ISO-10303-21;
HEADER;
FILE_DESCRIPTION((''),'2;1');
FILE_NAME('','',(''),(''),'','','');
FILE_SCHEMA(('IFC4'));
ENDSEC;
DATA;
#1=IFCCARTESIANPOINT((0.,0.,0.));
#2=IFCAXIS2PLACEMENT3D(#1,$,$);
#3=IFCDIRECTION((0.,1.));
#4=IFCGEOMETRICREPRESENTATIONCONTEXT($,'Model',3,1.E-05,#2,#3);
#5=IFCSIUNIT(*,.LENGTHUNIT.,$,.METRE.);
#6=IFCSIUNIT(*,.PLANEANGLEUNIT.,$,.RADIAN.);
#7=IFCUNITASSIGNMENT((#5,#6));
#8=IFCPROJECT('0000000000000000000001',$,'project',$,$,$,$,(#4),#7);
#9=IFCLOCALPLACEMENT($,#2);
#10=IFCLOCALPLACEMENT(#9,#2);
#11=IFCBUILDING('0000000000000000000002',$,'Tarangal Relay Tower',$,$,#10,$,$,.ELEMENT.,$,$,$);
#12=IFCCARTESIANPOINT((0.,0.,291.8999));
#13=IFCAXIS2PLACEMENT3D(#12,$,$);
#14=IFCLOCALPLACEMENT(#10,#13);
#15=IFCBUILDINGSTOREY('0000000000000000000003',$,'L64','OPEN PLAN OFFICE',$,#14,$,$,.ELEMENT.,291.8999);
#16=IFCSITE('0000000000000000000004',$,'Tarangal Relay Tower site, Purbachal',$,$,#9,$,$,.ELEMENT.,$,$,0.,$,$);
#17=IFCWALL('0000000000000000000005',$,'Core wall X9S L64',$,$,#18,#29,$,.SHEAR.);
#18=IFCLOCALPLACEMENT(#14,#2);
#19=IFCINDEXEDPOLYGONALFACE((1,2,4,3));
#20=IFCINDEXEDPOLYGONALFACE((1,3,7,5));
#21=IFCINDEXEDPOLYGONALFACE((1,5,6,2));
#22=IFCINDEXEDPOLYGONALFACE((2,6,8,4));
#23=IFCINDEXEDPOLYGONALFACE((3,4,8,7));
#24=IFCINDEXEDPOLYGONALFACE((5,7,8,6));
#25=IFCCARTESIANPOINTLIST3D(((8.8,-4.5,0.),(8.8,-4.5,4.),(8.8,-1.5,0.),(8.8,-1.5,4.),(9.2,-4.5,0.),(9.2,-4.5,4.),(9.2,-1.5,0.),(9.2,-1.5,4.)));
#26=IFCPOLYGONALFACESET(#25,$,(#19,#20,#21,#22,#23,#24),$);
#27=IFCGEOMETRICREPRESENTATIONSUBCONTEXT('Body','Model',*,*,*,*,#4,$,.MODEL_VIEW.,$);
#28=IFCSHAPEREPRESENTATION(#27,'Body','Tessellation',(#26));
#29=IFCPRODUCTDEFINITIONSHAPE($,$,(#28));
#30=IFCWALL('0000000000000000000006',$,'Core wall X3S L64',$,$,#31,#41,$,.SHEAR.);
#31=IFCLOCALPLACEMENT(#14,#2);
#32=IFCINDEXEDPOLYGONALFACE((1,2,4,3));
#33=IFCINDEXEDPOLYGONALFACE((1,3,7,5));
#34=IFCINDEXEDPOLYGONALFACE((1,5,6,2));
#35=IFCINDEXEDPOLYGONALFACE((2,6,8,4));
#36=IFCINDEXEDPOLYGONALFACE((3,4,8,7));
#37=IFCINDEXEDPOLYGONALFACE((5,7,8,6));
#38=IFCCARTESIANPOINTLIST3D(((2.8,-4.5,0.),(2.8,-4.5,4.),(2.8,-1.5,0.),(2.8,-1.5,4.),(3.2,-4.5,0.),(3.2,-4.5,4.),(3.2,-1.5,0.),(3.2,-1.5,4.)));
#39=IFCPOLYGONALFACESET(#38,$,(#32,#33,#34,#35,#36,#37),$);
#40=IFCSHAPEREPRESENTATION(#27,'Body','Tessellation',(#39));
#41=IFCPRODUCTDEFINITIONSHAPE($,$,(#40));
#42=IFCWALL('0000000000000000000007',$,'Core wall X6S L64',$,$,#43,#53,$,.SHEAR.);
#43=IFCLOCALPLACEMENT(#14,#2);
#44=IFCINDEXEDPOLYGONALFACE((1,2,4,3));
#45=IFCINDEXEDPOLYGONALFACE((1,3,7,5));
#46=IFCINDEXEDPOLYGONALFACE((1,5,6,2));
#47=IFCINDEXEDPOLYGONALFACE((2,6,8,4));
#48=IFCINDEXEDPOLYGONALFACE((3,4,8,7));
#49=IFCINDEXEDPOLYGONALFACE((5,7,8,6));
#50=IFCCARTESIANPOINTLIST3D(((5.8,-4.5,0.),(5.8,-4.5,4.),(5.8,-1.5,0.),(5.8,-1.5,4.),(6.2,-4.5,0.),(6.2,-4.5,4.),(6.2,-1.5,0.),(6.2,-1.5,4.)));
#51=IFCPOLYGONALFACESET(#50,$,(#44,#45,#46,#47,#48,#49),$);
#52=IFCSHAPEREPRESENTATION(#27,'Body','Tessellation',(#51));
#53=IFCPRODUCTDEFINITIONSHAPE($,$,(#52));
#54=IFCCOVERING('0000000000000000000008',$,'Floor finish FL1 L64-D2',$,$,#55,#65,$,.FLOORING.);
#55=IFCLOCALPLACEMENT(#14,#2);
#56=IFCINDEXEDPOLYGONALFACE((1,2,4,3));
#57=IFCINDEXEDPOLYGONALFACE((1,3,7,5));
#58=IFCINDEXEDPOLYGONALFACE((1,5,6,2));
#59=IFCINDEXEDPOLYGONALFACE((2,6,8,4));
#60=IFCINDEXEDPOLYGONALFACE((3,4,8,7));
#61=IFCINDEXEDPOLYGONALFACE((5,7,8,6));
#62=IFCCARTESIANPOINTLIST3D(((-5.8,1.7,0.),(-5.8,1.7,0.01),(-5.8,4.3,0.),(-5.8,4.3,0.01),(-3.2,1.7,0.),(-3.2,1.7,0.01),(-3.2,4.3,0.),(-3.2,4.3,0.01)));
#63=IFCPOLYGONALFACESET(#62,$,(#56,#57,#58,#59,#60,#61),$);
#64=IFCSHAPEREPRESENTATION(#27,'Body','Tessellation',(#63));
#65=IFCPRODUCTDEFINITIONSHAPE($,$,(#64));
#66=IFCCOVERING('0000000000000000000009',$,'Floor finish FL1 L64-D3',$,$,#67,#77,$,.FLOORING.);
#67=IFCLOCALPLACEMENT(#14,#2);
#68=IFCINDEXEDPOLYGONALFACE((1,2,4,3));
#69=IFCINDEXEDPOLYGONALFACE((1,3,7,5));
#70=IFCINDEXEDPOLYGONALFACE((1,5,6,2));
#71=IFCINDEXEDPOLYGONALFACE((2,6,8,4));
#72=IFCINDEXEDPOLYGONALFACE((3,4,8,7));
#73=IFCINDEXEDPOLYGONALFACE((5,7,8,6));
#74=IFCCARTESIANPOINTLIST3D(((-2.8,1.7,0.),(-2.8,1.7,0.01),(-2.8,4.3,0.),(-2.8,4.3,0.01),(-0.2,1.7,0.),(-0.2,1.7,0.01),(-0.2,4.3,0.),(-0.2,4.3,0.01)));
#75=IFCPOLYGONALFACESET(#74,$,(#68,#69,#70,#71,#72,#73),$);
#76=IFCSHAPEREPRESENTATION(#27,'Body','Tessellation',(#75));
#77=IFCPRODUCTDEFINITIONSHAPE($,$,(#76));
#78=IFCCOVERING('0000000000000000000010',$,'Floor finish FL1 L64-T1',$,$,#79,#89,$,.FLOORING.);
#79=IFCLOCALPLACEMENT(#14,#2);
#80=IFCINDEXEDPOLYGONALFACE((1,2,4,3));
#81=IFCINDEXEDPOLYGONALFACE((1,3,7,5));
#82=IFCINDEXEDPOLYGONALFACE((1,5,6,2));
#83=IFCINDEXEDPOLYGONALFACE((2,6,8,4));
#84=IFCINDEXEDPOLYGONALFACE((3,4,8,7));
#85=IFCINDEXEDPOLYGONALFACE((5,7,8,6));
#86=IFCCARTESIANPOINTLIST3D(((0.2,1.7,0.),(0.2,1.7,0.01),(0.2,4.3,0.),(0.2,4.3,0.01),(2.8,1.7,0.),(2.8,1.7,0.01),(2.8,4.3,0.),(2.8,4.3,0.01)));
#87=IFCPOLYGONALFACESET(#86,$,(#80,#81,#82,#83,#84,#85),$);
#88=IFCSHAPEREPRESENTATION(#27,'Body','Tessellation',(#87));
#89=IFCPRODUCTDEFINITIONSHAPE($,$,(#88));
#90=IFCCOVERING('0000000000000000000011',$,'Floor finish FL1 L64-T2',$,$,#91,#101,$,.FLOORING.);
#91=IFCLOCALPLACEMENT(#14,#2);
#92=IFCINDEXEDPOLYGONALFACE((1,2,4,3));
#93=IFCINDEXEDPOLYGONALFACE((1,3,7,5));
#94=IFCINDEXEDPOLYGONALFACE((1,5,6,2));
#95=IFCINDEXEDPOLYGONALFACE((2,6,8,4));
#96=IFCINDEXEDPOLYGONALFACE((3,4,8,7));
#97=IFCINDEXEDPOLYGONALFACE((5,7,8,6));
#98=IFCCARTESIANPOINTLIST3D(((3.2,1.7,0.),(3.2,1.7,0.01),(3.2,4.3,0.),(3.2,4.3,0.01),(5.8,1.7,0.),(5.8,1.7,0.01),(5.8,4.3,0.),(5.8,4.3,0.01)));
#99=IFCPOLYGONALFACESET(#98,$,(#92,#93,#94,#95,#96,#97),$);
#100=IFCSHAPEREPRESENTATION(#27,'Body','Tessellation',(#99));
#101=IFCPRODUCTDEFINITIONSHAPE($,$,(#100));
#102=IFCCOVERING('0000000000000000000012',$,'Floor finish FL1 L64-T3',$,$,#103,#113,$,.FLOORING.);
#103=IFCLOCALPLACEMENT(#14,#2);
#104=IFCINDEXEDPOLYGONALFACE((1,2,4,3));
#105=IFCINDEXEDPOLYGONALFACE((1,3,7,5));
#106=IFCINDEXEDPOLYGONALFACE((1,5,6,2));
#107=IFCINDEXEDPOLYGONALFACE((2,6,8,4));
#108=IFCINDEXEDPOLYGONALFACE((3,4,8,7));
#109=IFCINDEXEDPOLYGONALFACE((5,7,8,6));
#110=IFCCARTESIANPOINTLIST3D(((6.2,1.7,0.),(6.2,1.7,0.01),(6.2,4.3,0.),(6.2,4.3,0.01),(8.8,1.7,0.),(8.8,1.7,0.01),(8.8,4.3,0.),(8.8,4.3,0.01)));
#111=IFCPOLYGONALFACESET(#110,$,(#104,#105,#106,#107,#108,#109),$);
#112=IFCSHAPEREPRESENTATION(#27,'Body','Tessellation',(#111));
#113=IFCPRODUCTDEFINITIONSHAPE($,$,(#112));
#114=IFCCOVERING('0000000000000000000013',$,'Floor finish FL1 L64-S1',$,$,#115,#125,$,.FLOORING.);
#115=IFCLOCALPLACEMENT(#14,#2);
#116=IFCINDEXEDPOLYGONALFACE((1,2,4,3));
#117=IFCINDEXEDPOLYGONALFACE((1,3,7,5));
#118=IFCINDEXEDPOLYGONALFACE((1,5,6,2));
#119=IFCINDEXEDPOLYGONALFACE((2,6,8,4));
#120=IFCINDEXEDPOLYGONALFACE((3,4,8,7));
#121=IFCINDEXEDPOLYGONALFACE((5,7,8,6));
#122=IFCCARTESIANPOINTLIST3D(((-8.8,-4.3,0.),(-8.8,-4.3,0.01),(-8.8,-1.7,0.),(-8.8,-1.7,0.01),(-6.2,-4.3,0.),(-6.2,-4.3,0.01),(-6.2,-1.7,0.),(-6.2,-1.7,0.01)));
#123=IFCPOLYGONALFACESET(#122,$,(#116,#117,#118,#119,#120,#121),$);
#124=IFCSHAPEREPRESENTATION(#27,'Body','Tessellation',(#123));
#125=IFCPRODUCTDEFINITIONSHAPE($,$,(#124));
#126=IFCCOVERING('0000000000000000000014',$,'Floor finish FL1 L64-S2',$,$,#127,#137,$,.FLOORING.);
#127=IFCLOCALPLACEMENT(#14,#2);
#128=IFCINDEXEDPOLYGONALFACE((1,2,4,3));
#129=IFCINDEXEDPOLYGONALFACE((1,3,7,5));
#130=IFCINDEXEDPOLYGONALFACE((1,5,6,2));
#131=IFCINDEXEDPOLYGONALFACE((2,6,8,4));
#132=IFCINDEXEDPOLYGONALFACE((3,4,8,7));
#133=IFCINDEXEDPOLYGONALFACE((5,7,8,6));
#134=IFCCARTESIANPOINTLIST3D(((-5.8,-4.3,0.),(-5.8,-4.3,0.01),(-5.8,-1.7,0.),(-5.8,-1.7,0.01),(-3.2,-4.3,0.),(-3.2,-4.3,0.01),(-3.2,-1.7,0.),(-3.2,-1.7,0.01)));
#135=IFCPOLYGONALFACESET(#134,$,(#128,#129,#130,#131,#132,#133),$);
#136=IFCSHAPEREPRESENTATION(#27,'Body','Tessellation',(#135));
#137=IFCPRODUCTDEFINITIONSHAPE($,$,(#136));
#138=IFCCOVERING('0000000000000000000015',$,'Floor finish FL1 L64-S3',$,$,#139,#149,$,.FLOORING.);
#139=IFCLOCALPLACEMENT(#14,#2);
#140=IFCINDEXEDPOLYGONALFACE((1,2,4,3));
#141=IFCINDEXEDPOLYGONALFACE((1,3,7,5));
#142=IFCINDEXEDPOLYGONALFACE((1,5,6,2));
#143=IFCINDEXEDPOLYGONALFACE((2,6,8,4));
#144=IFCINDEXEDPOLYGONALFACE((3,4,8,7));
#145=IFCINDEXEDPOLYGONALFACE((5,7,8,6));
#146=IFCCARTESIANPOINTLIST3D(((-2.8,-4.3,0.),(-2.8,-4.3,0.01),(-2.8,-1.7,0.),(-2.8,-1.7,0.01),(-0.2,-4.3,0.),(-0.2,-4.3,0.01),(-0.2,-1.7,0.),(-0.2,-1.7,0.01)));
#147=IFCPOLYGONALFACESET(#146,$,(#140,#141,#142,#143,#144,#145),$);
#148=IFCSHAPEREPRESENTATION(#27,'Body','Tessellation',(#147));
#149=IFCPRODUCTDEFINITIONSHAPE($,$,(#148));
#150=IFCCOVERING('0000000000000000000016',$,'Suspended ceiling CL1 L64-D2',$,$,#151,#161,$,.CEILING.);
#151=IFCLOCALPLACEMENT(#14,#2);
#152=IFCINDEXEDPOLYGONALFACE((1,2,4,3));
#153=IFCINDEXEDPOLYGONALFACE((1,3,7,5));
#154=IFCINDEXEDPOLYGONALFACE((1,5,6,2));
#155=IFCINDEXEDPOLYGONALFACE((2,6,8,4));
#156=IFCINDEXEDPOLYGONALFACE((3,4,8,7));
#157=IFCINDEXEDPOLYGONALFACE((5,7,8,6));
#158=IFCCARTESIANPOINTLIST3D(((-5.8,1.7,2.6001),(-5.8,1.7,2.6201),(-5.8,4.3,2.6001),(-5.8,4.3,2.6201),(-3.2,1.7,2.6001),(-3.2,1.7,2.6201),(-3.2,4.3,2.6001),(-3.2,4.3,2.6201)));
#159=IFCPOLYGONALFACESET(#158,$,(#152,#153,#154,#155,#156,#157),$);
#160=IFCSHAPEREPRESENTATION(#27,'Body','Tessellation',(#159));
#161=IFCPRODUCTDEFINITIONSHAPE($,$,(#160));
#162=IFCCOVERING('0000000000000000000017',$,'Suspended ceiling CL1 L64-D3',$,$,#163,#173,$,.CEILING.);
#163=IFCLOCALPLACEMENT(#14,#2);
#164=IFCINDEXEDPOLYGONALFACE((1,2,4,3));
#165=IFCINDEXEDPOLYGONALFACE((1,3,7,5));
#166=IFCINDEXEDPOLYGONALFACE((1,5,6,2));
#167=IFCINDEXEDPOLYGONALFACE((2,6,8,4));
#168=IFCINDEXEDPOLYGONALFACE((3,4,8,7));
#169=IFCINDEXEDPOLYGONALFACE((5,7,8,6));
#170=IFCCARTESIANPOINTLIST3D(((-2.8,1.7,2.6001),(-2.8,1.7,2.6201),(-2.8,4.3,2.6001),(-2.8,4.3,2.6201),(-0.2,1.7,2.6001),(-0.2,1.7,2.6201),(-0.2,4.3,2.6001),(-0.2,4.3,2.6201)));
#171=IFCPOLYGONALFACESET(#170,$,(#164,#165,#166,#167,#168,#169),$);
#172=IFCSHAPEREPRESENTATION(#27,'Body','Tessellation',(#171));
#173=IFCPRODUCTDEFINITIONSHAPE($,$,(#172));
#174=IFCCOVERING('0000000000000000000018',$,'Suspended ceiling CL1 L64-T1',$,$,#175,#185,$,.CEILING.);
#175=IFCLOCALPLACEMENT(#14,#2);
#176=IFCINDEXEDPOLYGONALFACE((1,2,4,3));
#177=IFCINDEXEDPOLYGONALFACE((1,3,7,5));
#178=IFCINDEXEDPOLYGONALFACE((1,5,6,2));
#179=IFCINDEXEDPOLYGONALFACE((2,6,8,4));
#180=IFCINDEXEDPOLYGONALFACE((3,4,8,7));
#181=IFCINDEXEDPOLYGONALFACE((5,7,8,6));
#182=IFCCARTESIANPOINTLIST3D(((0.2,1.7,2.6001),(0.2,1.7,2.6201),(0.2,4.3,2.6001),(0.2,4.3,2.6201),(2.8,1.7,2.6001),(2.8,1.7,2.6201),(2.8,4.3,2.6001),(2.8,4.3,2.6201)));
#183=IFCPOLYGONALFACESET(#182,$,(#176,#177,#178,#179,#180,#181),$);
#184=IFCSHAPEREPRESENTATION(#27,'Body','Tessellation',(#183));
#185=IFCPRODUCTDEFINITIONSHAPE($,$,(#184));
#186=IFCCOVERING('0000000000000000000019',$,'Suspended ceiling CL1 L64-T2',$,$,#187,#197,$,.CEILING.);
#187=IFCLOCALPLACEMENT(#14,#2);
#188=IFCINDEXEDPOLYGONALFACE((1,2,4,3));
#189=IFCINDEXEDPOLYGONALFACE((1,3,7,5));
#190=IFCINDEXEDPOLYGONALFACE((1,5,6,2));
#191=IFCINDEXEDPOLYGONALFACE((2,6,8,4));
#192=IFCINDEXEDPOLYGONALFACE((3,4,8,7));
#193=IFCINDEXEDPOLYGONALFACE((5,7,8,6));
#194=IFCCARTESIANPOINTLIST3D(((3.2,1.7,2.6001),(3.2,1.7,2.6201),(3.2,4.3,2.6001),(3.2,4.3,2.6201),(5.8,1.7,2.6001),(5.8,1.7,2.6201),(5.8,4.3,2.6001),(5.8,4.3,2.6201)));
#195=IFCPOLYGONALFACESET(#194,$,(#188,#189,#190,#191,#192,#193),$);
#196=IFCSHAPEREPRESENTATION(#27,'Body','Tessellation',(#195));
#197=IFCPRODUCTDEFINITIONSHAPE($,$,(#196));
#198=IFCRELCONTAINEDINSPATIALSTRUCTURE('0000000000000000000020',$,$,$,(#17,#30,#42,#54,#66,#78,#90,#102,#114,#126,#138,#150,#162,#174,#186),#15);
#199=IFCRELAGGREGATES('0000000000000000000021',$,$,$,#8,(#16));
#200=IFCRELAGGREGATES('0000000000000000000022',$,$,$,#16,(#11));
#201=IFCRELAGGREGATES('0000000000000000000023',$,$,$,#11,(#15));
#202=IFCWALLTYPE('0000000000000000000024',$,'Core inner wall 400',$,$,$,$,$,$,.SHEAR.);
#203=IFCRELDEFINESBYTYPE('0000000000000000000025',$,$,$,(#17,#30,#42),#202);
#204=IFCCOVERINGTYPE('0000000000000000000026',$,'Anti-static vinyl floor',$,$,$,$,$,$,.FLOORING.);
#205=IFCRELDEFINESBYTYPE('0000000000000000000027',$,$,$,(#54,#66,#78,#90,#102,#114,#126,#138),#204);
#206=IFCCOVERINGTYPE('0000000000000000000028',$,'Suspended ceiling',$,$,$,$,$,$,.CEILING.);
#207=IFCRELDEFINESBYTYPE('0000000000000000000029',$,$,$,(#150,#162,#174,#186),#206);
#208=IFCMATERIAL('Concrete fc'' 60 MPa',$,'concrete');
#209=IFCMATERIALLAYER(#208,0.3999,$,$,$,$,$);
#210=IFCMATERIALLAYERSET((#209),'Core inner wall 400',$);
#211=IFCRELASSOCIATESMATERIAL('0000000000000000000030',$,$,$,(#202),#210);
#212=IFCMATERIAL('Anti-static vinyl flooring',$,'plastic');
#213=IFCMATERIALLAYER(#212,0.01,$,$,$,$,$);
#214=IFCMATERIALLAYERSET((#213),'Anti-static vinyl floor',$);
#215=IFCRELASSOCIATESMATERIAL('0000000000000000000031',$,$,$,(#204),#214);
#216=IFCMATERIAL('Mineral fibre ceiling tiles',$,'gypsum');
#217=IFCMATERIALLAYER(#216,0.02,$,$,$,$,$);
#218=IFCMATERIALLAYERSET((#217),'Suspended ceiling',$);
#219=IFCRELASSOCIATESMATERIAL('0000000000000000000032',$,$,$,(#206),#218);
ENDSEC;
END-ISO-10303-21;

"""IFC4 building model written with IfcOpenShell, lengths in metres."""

from ifc_helpers import new_model, si_unit, direction, frame, frame_2d, origin, place, context, subcontext, project, spatial, polyline, rectangle, outline, extrude, material, layer, layer_set, type_object, element, save


model = new_model("IFC4")

# Units and contexts
model_context = context("Model", 3, precision=1e-05, world=origin(), true_north=direction((0.0, 1.0)))
body_context = subcontext(model_context, "Body", "Model", "MODEL_VIEW")
ifc_project = project(units=[si_unit("LENGTHUNIT", "METRE"), si_unit("PLANEANGLEUNIT", "RADIAN")], contexts=[model_context])

# Site, building, storey
site_placement = place(None, origin())
site = spatial("IfcSite", under=ifc_project, at=site_placement, Name="Tarangal Relay Tower site, Purbachal", CompositionType="ELEMENT", RefElevation=0.0)
building_placement = place(site_placement, origin())
building = spatial("IfcBuilding", under=site, at=building_placement, Name="Tarangal Relay Tower", CompositionType="ELEMENT")
storey_placement = place(building_placement, frame((0.0, 0.0, 291.8999)))
storey = spatial("IfcBuildingStorey", under=building, at=storey_placement, Name="L64", Description="OPEN PLAN OFFICE", CompositionType="ELEMENT", Elevation=291.8999)

# Walls
ifc_material_1 = material(Name="Concrete fc' 60 MPa", Category="concrete")
ifc_layer_1 = layer(ifc_material_1, 0.3999)
ifc_layer_set_1 = layer_set([ifc_layer_1], Name="Core inner wall 400")
wall_type = type_object("IfcWallType", Name="Core inner wall 400", PredefinedType="SHEAR", material=ifc_layer_set_1)
for number, where, z_axis, x_axis, name in (
    (1, (9.0, -4.5, 0.0), (0.0, 0.0, 1.0), (0.0, 1.0, 0.0), "Core wall X9S L64"),
    (2, (3.0, -4.5, 0.0), (0.0, 0.0, 1.0), (0.0, 1.0, 0.0), "Core wall X3S L64"),
    (3, (6.0, -4.5, 0.0), (0.0, 0.0, 1.0), (0.0, 1.0, 0.0), "Core wall X6S L64"),
):
    element("IfcWall", number, at=place(storey_placement, frame(where, z_axis=z_axis, x_axis=x_axis)), inside=storey, type_object=wall_type, Name=name, PredefinedType="SHEAR", context=body_context, shape_type="SweptSolid", body=[
        extrude(rectangle(XDim=3.0, YDim=0.3999, at=frame_2d((1.5, 0.0))), origin(), (0.0, 0.0, 1.0), 4.0),
    ])

# Coverings
ifc_material_2 = material(Name="Anti-static vinyl flooring", Category="plastic")
ifc_layer_2 = layer(ifc_material_2, 0.01)
ifc_layer_set_2 = layer_set([ifc_layer_2], Name="Anti-static vinyl floor")
covering_type_1 = type_object("IfcCoveringType", Name="Anti-static vinyl floor", PredefinedType="FLOORING", material=ifc_layer_set_2)
covering_1_placement = place(storey_placement, origin())
element("IfcCovering", 4, at=covering_1_placement, inside=storey, type_object=covering_type_1, Name="Floor finish FL1 L64-D2", PredefinedType="FLOORING", context=body_context, shape_type="SweptSolid", body=[
    extrude(outline(polyline([(-5.8, 1.7), (-3.2, 1.7), (-3.2, 4.3), (-5.8, 4.3), (-5.8, 1.7)])), origin(), (0.0, 0.0, 1.0), 0.01),
])
covering_2_placement = place(storey_placement, origin())
element("IfcCovering", 5, at=covering_2_placement, inside=storey, type_object=covering_type_1, Name="Floor finish FL1 L64-D3", PredefinedType="FLOORING", context=body_context, shape_type="SweptSolid", body=[
    extrude(outline(polyline([(-2.8, 1.7), (-0.2, 1.7), (-0.2, 4.3), (-2.8, 4.3), (-2.8, 1.7)])), origin(), (0.0, 0.0, 1.0), 0.01),
])
covering_3_placement = place(storey_placement, origin())
element("IfcCovering", 6, at=covering_3_placement, inside=storey, type_object=covering_type_1, Name="Floor finish FL1 L64-T1", PredefinedType="FLOORING", context=body_context, shape_type="SweptSolid", body=[
    extrude(outline(polyline([(0.2, 1.7), (2.8, 1.7), (2.8, 4.3), (0.2, 4.3), (0.2, 1.7)])), origin(), (0.0, 0.0, 1.0), 0.01),
])
covering_4_placement = place(storey_placement, origin())
element("IfcCovering", 7, at=covering_4_placement, inside=storey, type_object=covering_type_1, Name="Floor finish FL1 L64-T2", PredefinedType="FLOORING", context=body_context, shape_type="SweptSolid", body=[
    extrude(outline(polyline([(3.2, 1.7), (5.8, 1.7), (5.8, 4.3), (3.2, 4.3), (3.2, 1.7)])), origin(), (0.0, 0.0, 1.0), 0.01),
])
covering_5_placement = place(storey_placement, origin())
element("IfcCovering", 8, at=covering_5_placement, inside=storey, type_object=covering_type_1, Name="Floor finish FL1 L64-T3", PredefinedType="FLOORING", context=body_context, shape_type="SweptSolid", body=[
    extrude(outline(polyline([(6.2, 1.7), (8.8, 1.7), (8.8, 4.3), (6.2, 4.3), (6.2, 1.7)])), origin(), (0.0, 0.0, 1.0), 0.01),
])
covering_6_placement = place(storey_placement, origin())
element("IfcCovering", 9, at=covering_6_placement, inside=storey, type_object=covering_type_1, Name="Floor finish FL1 L64-S1", PredefinedType="FLOORING", context=body_context, shape_type="SweptSolid", body=[
    extrude(outline(polyline([(-8.8, -4.3), (-6.2, -4.3), (-6.2, -1.7), (-8.8, -1.7), (-8.8, -4.3)])), origin(), (0.0, 0.0, 1.0), 0.01),
])
covering_7_placement = place(storey_placement, origin())
element("IfcCovering", 10, at=covering_7_placement, inside=storey, type_object=covering_type_1, Name="Floor finish FL1 L64-S2", PredefinedType="FLOORING", context=body_context, shape_type="SweptSolid", body=[
    extrude(outline(polyline([(-5.8, -4.3), (-3.2, -4.3), (-3.2, -1.7), (-5.8, -1.7), (-5.8, -4.3)])), origin(), (0.0, 0.0, 1.0), 0.01),
])
covering_8_placement = place(storey_placement, origin())
element("IfcCovering", 11, at=covering_8_placement, inside=storey, type_object=covering_type_1, Name="Floor finish FL1 L64-S3", PredefinedType="FLOORING", context=body_context, shape_type="SweptSolid", body=[
    extrude(outline(polyline([(-2.8, -4.3), (-0.2, -4.3), (-0.2, -1.7), (-2.8, -1.7), (-2.8, -4.3)])), origin(), (0.0, 0.0, 1.0), 0.01),
])
ifc_material_3 = material(Name="Mineral fibre ceiling tiles", Category="gypsum")
ifc_layer_3 = layer(ifc_material_3, 0.02)
ifc_layer_set_3 = layer_set([ifc_layer_3], Name="Suspended ceiling")
covering_type_2 = type_object("IfcCoveringType", Name="Suspended ceiling", PredefinedType="CEILING", material=ifc_layer_set_3)
covering_9_placement = place(storey_placement, frame((0.0, 0.0, 2.6001)))
element("IfcCovering", 12, at=covering_9_placement, inside=storey, type_object=covering_type_2, Name="Suspended ceiling CL1 L64-D2", PredefinedType="CEILING", context=body_context, shape_type="SweptSolid", body=[
    extrude(outline(polyline([(-5.8, 1.7), (-3.2, 1.7), (-3.2, 4.3), (-5.8, 4.3), (-5.8, 1.7)])), origin(), (0.0, 0.0, 1.0), 0.02),
])
covering_10_placement = place(storey_placement, frame((0.0, 0.0, 2.6001)))
element("IfcCovering", 13, at=covering_10_placement, inside=storey, type_object=covering_type_2, Name="Suspended ceiling CL1 L64-D3", PredefinedType="CEILING", context=body_context, shape_type="SweptSolid", body=[
    extrude(outline(polyline([(-2.8, 1.7), (-0.2, 1.7), (-0.2, 4.3), (-2.8, 4.3), (-2.8, 1.7)])), origin(), (0.0, 0.0, 1.0), 0.02),
])
covering_11_placement = place(storey_placement, frame((0.0, 0.0, 2.6001)))
element("IfcCovering", 14, at=covering_11_placement, inside=storey, type_object=covering_type_2, Name="Suspended ceiling CL1 L64-T1", PredefinedType="CEILING", context=body_context, shape_type="SweptSolid", body=[
    extrude(outline(polyline([(0.2, 1.7), (2.8, 1.7), (2.8, 4.3), (0.2, 4.3), (0.2, 1.7)])), origin(), (0.0, 0.0, 1.0), 0.02),
])
covering_12_placement = place(storey_placement, frame((0.0, 0.0, 2.6001)))
element("IfcCovering", 15, at=covering_12_placement, inside=storey, type_object=covering_type_2, Name="Suspended ceiling CL1 L64-T2", PredefinedType="CEILING", context=body_context, shape_type="SweptSolid", body=[
    extrude(outline(polyline([(3.2, 1.7), (5.8, 1.7), (5.8, 4.3), (3.2, 4.3), (3.2, 1.7)])), origin(), (0.0, 0.0, 1.0), 0.02),
])

save(model, "model.ifc")
